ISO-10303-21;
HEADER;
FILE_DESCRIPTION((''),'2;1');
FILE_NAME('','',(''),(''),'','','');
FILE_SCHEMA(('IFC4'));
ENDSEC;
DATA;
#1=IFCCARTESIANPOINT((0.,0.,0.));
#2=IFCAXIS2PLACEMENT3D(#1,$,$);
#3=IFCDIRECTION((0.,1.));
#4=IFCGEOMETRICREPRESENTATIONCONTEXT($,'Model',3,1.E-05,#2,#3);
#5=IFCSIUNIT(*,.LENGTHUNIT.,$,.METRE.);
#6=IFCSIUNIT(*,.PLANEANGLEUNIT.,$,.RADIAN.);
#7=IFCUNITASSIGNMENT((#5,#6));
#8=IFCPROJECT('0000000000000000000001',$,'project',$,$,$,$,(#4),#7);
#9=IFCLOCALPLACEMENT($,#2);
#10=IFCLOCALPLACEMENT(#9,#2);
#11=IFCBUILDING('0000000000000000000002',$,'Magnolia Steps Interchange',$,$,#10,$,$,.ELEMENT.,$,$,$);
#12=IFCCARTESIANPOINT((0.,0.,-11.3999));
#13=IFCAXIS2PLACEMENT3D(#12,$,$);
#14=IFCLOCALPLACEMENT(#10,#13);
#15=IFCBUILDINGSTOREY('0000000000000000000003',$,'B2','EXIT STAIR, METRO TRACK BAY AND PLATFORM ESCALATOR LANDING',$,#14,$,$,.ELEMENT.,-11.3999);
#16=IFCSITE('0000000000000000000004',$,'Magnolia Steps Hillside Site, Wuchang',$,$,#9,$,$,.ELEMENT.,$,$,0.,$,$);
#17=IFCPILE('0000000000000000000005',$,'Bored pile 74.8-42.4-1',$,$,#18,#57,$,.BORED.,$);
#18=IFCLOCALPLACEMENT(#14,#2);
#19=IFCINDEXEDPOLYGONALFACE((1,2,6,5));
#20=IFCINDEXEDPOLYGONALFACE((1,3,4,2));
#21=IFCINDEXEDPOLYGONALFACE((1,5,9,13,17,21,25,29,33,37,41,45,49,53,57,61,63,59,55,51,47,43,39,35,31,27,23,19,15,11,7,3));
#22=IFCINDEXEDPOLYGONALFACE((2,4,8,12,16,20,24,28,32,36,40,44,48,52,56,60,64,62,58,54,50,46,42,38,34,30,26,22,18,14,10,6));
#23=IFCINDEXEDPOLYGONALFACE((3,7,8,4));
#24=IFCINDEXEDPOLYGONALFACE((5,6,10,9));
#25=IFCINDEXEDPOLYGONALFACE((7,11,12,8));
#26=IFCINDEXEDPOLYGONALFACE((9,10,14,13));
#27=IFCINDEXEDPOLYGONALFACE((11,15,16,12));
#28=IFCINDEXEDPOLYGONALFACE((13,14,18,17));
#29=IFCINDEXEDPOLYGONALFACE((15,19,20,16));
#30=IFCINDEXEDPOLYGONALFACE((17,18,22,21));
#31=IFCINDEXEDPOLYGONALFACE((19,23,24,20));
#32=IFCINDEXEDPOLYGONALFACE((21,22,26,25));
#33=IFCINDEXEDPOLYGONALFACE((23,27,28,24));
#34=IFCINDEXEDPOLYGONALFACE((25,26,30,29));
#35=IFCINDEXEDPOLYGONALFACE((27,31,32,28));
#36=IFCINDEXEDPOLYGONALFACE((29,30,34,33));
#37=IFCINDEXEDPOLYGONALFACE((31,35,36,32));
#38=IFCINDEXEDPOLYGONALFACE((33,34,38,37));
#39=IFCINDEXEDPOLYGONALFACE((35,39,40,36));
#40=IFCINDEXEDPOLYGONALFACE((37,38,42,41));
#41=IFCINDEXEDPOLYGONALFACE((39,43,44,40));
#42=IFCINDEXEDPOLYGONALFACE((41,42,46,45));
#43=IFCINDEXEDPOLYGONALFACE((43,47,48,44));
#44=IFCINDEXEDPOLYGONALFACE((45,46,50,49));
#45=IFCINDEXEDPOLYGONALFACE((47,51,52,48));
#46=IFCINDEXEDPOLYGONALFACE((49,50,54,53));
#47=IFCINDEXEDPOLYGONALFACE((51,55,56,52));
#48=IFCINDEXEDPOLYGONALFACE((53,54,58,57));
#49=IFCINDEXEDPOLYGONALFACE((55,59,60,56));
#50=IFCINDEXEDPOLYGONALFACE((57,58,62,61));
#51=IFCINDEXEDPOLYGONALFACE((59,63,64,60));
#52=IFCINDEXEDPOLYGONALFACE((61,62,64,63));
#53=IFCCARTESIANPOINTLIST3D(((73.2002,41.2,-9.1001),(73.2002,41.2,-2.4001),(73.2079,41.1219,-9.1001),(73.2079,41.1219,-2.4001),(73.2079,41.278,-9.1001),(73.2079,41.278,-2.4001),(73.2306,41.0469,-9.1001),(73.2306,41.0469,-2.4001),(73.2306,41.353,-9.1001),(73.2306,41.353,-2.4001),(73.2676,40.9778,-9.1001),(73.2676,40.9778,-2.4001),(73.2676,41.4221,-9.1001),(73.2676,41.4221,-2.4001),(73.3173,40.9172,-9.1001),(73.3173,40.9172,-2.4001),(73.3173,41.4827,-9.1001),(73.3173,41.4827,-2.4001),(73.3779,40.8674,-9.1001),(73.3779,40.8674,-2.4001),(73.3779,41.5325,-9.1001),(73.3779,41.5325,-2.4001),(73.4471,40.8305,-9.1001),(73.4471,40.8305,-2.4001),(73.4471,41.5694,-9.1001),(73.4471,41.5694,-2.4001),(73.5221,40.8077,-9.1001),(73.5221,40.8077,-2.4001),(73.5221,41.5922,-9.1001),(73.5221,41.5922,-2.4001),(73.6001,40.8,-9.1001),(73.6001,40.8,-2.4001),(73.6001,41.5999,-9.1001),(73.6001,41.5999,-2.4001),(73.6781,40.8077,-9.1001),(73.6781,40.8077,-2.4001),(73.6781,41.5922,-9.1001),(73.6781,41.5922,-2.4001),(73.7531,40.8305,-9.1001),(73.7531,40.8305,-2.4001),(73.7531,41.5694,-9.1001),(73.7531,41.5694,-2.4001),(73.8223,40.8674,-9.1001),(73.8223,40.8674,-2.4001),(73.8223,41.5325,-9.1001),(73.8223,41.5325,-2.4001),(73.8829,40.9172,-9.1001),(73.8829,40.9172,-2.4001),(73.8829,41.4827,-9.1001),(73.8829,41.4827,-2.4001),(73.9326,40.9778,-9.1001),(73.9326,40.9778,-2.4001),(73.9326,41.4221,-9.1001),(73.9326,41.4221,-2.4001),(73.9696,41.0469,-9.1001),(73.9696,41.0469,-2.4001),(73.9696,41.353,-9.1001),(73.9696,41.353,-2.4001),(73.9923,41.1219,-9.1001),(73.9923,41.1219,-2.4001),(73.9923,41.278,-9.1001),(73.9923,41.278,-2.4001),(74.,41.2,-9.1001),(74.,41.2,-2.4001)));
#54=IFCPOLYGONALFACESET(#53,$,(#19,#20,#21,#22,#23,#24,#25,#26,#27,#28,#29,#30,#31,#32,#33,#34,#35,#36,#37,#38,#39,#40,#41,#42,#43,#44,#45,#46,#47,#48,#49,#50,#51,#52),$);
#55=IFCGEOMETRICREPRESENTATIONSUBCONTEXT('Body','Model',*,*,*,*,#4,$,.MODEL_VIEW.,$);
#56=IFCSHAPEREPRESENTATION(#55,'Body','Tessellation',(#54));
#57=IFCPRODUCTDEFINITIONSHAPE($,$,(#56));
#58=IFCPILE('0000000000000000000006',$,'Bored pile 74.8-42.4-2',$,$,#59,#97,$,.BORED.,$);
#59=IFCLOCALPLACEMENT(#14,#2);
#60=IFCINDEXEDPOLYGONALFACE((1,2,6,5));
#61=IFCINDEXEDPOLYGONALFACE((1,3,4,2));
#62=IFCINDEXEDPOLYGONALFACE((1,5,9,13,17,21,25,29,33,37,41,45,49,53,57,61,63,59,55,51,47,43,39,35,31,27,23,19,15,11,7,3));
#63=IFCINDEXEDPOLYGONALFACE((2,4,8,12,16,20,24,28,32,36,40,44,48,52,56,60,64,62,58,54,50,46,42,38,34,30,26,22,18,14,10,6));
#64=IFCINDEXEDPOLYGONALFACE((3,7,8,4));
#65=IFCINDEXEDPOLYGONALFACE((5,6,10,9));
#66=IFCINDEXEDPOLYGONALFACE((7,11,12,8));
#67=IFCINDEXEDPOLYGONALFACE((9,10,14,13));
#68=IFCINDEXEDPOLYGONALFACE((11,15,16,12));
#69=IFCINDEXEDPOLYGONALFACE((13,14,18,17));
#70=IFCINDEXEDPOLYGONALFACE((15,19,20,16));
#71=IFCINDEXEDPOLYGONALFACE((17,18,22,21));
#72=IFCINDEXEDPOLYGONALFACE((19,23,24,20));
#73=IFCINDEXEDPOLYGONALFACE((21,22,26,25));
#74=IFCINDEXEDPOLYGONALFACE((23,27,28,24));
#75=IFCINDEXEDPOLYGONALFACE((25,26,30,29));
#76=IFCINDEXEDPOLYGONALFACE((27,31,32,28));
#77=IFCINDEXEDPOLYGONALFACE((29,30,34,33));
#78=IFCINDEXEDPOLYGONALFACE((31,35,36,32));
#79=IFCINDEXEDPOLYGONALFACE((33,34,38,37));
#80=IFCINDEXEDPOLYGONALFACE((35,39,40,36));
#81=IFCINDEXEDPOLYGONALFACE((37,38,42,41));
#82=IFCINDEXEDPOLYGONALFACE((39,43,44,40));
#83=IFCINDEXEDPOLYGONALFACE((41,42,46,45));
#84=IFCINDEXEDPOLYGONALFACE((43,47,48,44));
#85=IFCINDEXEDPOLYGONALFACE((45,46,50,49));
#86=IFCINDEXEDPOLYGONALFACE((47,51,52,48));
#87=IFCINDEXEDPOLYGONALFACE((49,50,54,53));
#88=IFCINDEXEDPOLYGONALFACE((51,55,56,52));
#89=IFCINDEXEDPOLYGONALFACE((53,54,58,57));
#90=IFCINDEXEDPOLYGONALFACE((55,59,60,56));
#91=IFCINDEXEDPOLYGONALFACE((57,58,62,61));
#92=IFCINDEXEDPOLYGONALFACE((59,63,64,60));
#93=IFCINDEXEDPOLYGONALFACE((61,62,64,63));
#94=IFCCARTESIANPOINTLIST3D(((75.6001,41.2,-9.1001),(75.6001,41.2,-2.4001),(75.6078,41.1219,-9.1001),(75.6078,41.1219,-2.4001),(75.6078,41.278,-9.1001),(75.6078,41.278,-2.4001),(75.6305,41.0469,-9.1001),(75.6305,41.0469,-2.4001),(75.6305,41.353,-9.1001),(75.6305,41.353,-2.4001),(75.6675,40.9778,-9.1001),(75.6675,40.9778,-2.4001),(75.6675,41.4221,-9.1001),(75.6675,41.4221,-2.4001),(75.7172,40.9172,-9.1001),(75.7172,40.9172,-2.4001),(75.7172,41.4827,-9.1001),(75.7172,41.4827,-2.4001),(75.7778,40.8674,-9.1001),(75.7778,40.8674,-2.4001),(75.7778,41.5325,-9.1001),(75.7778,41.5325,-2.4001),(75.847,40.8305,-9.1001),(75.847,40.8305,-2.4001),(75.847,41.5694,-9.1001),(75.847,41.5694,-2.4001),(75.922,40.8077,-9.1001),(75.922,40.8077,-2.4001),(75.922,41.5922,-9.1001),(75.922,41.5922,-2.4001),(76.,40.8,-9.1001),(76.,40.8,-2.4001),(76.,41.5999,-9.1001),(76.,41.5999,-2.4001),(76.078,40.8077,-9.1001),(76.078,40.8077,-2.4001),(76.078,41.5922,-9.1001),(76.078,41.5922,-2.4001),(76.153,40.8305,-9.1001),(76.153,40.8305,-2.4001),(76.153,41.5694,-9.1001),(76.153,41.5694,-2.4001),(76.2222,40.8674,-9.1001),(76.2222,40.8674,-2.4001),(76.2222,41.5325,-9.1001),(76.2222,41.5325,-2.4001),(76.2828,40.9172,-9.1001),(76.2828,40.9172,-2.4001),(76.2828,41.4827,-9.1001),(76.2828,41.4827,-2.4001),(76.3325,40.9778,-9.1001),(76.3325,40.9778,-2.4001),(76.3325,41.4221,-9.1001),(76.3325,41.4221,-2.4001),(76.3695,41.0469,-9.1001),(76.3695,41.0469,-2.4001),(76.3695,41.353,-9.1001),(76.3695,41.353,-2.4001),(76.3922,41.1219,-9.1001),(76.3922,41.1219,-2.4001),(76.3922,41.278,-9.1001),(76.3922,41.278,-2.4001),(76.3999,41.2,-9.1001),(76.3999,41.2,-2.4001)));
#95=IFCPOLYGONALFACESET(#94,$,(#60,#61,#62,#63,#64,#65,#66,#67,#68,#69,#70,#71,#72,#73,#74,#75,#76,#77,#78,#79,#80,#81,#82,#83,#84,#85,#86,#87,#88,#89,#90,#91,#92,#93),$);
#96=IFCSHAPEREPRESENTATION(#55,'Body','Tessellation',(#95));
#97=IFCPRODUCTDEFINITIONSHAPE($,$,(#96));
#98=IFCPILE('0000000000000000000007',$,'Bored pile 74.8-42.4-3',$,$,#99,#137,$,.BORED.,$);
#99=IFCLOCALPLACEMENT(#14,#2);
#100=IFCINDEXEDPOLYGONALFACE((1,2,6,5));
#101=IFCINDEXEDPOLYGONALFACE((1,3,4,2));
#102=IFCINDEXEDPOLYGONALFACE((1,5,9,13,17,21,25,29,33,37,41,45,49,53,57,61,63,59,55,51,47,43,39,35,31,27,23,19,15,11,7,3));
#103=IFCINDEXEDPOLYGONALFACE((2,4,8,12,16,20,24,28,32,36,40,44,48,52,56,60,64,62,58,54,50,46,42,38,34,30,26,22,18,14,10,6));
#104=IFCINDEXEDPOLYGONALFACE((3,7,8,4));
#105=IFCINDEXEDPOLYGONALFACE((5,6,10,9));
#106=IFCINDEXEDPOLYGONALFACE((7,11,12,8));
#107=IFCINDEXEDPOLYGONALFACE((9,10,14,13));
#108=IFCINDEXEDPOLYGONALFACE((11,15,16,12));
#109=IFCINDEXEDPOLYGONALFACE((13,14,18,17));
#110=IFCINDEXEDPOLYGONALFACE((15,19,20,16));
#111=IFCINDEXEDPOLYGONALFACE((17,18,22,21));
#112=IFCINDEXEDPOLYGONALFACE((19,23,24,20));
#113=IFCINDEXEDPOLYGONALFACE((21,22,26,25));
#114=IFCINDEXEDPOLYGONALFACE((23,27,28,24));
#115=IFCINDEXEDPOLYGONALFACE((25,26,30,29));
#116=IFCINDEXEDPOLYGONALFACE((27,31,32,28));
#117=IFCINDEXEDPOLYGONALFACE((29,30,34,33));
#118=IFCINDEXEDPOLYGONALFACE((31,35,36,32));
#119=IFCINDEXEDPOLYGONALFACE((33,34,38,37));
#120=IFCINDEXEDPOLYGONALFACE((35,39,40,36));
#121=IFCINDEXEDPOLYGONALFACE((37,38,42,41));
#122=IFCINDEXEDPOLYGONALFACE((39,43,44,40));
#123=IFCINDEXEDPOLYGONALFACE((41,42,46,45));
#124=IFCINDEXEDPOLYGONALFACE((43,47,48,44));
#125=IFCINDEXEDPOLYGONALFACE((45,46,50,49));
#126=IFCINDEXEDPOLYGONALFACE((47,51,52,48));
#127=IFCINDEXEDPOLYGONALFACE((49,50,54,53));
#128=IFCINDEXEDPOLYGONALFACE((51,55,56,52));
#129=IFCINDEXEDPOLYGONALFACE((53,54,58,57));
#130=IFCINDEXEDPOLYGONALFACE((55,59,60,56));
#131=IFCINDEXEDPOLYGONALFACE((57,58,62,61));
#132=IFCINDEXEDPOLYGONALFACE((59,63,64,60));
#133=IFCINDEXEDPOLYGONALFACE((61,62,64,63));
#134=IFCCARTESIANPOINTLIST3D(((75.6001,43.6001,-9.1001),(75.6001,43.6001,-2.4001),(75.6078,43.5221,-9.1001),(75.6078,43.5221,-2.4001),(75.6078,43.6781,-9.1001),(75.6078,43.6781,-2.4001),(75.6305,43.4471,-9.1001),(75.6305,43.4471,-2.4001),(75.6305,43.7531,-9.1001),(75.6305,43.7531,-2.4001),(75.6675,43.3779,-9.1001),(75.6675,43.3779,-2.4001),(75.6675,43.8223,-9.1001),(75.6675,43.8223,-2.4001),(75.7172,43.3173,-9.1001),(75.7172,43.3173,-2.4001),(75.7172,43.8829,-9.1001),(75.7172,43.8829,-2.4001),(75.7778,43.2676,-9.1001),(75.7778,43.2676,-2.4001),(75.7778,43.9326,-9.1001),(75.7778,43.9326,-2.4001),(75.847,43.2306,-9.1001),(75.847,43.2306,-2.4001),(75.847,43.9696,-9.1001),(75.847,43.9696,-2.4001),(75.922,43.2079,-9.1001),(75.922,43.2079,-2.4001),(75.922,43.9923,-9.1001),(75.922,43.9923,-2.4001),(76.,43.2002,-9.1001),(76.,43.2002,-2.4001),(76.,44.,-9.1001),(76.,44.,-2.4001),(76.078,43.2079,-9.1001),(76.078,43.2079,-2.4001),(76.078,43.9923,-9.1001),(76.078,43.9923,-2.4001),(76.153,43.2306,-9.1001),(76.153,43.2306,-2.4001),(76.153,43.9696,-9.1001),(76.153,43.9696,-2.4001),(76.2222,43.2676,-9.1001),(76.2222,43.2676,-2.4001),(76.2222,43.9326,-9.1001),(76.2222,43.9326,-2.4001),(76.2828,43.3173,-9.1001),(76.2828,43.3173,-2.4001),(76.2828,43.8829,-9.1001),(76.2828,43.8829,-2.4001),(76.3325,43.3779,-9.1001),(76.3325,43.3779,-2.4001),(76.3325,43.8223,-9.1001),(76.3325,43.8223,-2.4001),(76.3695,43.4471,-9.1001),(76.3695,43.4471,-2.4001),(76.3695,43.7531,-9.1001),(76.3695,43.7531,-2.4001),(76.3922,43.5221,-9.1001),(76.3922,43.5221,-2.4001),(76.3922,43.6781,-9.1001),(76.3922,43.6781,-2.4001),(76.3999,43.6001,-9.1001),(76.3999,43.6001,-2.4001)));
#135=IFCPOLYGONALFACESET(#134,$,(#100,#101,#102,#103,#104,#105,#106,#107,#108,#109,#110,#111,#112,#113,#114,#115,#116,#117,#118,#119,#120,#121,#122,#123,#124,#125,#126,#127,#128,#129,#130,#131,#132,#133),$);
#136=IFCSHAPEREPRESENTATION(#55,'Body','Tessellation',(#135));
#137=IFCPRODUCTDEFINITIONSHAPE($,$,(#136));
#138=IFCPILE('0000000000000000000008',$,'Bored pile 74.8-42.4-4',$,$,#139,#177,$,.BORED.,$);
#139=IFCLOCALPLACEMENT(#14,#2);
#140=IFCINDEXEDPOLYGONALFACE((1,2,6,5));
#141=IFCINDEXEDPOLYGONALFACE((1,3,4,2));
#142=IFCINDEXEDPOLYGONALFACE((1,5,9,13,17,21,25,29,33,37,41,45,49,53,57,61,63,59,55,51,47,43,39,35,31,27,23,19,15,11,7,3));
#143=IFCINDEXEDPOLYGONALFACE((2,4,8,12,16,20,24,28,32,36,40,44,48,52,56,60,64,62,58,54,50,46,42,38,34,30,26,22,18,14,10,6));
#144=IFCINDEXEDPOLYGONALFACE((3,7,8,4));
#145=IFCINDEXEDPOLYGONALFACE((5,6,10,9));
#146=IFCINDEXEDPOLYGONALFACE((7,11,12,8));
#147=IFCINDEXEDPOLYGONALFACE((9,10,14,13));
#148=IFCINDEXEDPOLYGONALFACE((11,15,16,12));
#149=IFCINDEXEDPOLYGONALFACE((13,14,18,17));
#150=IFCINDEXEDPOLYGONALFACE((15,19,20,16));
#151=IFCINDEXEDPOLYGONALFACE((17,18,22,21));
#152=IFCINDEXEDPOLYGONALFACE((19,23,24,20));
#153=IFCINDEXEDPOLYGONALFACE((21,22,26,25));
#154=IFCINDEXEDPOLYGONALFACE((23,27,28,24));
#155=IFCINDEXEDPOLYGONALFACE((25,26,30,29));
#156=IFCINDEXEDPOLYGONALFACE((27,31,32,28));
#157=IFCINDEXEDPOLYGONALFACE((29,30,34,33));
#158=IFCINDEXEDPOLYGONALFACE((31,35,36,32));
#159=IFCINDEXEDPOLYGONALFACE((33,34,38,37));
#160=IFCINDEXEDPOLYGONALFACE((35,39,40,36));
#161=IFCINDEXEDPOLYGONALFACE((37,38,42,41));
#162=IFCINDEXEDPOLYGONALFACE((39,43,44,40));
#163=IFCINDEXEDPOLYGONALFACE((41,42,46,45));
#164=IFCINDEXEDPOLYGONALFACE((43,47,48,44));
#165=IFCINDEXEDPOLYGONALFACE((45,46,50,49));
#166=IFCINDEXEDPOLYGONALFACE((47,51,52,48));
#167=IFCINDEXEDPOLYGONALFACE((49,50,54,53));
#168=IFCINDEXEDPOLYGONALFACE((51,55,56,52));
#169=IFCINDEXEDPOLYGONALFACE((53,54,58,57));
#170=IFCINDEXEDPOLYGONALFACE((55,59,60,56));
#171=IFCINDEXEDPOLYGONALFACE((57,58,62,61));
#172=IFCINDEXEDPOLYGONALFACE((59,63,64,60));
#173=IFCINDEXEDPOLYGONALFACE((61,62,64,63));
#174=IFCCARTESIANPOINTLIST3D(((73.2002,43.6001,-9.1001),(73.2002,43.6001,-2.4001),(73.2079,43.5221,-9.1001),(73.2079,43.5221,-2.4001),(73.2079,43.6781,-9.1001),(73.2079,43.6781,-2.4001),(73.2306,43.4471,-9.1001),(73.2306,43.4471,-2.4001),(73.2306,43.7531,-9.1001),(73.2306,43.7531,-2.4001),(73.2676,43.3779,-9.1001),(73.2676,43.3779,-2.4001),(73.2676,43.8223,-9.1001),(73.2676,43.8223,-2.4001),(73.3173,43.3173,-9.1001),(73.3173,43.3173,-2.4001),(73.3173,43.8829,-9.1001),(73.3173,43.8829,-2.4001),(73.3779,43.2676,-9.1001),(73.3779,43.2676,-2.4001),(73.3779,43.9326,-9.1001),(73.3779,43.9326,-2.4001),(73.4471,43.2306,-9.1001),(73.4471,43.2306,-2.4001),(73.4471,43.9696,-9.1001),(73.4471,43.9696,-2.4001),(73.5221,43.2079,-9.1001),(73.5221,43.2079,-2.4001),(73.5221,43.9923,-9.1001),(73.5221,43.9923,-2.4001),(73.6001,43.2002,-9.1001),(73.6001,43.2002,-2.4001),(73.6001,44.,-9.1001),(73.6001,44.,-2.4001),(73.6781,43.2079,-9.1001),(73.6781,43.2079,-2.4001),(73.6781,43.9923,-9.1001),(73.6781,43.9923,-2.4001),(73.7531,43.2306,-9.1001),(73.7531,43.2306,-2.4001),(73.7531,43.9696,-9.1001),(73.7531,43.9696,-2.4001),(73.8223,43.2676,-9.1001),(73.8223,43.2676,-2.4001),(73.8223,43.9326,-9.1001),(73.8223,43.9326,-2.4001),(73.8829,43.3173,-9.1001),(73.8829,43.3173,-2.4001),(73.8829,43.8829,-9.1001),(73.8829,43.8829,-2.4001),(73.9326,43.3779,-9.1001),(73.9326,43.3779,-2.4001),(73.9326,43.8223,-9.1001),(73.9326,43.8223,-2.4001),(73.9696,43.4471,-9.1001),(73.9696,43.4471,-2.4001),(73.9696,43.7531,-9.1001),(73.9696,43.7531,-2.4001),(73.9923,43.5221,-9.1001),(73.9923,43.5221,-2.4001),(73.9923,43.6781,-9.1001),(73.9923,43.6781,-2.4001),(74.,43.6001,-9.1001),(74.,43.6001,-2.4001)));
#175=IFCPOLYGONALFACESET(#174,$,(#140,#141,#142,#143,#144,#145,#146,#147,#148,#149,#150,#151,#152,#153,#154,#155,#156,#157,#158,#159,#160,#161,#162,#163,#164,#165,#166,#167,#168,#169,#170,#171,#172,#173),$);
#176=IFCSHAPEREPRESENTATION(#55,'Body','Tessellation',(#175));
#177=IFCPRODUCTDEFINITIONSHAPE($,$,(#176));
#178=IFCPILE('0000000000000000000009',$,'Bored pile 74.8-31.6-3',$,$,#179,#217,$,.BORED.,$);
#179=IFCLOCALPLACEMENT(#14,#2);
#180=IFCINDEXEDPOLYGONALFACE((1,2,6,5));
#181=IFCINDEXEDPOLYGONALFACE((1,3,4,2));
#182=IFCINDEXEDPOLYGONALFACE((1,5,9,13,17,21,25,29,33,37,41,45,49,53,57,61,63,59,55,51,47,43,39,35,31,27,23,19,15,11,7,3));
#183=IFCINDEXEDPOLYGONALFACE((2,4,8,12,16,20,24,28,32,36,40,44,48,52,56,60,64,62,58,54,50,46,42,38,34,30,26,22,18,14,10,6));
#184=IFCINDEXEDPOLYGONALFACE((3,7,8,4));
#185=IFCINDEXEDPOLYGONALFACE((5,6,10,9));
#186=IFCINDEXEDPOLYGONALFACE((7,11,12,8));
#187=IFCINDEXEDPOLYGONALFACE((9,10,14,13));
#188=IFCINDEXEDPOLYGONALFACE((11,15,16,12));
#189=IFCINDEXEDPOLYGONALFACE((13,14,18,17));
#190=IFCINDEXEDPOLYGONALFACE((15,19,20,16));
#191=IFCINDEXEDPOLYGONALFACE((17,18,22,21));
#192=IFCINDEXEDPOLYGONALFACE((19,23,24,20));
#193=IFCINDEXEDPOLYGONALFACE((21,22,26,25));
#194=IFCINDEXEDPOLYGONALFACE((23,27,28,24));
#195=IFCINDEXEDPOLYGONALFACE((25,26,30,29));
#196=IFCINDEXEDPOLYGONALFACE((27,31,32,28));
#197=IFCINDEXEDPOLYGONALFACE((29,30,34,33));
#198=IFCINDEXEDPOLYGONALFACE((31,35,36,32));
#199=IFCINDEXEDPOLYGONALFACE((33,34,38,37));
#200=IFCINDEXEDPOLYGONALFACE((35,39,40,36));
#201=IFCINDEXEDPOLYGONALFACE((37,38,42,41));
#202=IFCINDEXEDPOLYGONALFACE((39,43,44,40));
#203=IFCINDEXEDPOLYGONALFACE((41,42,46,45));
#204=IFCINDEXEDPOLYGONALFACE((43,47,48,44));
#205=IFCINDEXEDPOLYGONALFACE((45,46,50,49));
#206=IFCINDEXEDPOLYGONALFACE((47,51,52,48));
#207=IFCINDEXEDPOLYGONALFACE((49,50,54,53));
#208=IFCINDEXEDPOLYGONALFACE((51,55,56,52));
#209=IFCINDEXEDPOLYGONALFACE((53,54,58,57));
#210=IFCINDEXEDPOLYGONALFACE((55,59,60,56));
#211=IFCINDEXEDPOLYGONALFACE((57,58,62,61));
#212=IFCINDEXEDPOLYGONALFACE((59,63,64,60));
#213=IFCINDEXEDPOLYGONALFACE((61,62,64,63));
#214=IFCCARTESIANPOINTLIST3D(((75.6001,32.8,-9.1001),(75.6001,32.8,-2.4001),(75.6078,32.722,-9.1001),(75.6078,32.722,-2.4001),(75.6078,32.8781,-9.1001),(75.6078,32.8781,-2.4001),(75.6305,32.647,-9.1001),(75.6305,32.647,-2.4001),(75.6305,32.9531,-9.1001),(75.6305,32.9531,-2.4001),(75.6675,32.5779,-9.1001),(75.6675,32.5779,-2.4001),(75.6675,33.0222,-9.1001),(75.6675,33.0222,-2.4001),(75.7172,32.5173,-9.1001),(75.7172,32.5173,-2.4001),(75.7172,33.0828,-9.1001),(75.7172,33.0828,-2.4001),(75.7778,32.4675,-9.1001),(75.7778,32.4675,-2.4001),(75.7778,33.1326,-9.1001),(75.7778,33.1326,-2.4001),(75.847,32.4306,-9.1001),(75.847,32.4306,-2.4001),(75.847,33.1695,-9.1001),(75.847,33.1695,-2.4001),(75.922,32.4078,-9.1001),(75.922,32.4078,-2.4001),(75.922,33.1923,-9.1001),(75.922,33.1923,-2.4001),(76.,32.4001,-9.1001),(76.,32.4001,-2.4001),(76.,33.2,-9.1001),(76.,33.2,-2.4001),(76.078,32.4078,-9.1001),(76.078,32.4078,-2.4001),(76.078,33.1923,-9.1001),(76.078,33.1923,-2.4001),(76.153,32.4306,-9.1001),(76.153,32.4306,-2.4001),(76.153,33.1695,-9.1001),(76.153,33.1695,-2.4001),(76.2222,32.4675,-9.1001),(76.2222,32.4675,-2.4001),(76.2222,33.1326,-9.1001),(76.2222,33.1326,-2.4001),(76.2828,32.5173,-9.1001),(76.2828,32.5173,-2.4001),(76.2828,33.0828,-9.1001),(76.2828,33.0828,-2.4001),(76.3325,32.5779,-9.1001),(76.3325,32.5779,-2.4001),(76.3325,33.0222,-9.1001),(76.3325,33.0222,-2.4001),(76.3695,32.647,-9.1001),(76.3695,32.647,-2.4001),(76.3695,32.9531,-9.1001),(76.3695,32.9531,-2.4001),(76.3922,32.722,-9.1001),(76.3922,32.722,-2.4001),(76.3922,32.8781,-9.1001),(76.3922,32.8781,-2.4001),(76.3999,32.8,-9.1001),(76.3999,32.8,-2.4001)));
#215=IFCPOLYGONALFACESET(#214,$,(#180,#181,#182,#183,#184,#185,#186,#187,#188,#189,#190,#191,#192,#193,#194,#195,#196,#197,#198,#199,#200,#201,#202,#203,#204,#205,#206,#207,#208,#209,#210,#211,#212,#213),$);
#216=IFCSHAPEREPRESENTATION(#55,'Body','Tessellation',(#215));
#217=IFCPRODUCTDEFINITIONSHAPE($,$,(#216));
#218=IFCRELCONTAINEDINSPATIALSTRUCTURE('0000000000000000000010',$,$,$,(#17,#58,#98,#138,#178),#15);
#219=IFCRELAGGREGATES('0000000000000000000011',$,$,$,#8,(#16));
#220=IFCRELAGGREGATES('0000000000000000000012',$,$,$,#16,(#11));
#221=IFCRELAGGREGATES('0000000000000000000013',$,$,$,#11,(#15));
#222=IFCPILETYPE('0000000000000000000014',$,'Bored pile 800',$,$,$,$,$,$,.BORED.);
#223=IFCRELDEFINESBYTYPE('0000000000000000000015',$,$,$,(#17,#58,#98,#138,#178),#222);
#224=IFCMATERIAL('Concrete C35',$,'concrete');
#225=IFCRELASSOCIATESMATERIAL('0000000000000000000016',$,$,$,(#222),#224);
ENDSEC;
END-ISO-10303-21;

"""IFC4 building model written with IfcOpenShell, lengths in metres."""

from ifc_helpers import new_model, si_unit, direction, frame, origin, origin_2d, place, context, subcontext, project, spatial, circle, extrude, material, material_profile, profile_set, type_object, element, save


model = new_model("IFC4")

# Units and contexts
model_context = context("Model", 3, precision=1e-05, world=origin(), true_north=direction((0.0, 1.0)))
body_context = subcontext(model_context, "Body", "Model", "MODEL_VIEW")
ifc_project = project(units=[si_unit("LENGTHUNIT", "METRE"), si_unit("PLANEANGLEUNIT", "RADIAN")], contexts=[model_context])

# Site, building, storey
site_placement = place(None, origin())
site = spatial("IfcSite", under=ifc_project, at=site_placement, Name="Magnolia Steps Hillside Site, Wuchang", CompositionType="ELEMENT", RefElevation=0.0)
building_placement = place(site_placement, origin())
building = spatial("IfcBuilding", under=site, at=building_placement, Name="Magnolia Steps Interchange", CompositionType="ELEMENT")
storey_placement = place(building_placement, frame((0.0, 0.0, -11.3999)))
storey = spatial("IfcBuildingStorey", under=building, at=storey_placement, Name="B2", Description="EXIT STAIR, METRO TRACK BAY AND PLATFORM ESCALATOR LANDING", CompositionType="ELEMENT", Elevation=-11.3999)

# Piles
ifc_material_1 = material(Name="Concrete C35", Category="concrete")
ifc_material_profile_1 = material_profile(ifc_material_1, circle(Radius=0.3999, at=origin_2d()), Name="Bored pile 800")
ifc_profile_set_1 = profile_set([ifc_material_profile_1], Name="Concrete C35")
pile_type_1 = type_object("IfcPileType", Name="Bored pile 800", PredefinedType="BORED", material=ifc_profile_set_1)
for number, where, z_axis, x_axis, name in (
    (1, (73.6001, 41.2, -2.4001), (0.0, 0.0, -1.0), (1.0, 0.0, 0.0), "Bored pile 74.8-42.4-1"),
    (2, (76.0, 41.2, -2.4001), (0.0, 0.0, -1.0), (1.0, 0.0, 0.0), "Bored pile 74.8-42.4-2"),
    (3, (76.0, 43.6001, -2.4001), (0.0, 0.0, -1.0), (1.0, 0.0, 0.0), "Bored pile 74.8-42.4-3"),
    (4, (73.6001, 43.6001, -2.4001), (0.0, 0.0, -1.0), (1.0, 0.0, 0.0), "Bored pile 74.8-42.4-4"),
    (5, (76.0, 32.8, -2.4001), (0.0, 0.0, -1.0), (1.0, 0.0, 0.0), "Bored pile 74.8-31.6-3"),
):
    element("IfcPile", number, at=place(storey_placement, frame(where, z_axis=z_axis, x_axis=x_axis)), inside=storey, type_object=pile_type_1, Name=name, PredefinedType="BORED", context=body_context, shape_type="SweptSolid", body=[
        extrude(circle(Radius=0.3999, at=origin_2d()), origin(), (0.0, 0.0, 1.0), 6.7),
    ])

save(model, "model.ifc")
